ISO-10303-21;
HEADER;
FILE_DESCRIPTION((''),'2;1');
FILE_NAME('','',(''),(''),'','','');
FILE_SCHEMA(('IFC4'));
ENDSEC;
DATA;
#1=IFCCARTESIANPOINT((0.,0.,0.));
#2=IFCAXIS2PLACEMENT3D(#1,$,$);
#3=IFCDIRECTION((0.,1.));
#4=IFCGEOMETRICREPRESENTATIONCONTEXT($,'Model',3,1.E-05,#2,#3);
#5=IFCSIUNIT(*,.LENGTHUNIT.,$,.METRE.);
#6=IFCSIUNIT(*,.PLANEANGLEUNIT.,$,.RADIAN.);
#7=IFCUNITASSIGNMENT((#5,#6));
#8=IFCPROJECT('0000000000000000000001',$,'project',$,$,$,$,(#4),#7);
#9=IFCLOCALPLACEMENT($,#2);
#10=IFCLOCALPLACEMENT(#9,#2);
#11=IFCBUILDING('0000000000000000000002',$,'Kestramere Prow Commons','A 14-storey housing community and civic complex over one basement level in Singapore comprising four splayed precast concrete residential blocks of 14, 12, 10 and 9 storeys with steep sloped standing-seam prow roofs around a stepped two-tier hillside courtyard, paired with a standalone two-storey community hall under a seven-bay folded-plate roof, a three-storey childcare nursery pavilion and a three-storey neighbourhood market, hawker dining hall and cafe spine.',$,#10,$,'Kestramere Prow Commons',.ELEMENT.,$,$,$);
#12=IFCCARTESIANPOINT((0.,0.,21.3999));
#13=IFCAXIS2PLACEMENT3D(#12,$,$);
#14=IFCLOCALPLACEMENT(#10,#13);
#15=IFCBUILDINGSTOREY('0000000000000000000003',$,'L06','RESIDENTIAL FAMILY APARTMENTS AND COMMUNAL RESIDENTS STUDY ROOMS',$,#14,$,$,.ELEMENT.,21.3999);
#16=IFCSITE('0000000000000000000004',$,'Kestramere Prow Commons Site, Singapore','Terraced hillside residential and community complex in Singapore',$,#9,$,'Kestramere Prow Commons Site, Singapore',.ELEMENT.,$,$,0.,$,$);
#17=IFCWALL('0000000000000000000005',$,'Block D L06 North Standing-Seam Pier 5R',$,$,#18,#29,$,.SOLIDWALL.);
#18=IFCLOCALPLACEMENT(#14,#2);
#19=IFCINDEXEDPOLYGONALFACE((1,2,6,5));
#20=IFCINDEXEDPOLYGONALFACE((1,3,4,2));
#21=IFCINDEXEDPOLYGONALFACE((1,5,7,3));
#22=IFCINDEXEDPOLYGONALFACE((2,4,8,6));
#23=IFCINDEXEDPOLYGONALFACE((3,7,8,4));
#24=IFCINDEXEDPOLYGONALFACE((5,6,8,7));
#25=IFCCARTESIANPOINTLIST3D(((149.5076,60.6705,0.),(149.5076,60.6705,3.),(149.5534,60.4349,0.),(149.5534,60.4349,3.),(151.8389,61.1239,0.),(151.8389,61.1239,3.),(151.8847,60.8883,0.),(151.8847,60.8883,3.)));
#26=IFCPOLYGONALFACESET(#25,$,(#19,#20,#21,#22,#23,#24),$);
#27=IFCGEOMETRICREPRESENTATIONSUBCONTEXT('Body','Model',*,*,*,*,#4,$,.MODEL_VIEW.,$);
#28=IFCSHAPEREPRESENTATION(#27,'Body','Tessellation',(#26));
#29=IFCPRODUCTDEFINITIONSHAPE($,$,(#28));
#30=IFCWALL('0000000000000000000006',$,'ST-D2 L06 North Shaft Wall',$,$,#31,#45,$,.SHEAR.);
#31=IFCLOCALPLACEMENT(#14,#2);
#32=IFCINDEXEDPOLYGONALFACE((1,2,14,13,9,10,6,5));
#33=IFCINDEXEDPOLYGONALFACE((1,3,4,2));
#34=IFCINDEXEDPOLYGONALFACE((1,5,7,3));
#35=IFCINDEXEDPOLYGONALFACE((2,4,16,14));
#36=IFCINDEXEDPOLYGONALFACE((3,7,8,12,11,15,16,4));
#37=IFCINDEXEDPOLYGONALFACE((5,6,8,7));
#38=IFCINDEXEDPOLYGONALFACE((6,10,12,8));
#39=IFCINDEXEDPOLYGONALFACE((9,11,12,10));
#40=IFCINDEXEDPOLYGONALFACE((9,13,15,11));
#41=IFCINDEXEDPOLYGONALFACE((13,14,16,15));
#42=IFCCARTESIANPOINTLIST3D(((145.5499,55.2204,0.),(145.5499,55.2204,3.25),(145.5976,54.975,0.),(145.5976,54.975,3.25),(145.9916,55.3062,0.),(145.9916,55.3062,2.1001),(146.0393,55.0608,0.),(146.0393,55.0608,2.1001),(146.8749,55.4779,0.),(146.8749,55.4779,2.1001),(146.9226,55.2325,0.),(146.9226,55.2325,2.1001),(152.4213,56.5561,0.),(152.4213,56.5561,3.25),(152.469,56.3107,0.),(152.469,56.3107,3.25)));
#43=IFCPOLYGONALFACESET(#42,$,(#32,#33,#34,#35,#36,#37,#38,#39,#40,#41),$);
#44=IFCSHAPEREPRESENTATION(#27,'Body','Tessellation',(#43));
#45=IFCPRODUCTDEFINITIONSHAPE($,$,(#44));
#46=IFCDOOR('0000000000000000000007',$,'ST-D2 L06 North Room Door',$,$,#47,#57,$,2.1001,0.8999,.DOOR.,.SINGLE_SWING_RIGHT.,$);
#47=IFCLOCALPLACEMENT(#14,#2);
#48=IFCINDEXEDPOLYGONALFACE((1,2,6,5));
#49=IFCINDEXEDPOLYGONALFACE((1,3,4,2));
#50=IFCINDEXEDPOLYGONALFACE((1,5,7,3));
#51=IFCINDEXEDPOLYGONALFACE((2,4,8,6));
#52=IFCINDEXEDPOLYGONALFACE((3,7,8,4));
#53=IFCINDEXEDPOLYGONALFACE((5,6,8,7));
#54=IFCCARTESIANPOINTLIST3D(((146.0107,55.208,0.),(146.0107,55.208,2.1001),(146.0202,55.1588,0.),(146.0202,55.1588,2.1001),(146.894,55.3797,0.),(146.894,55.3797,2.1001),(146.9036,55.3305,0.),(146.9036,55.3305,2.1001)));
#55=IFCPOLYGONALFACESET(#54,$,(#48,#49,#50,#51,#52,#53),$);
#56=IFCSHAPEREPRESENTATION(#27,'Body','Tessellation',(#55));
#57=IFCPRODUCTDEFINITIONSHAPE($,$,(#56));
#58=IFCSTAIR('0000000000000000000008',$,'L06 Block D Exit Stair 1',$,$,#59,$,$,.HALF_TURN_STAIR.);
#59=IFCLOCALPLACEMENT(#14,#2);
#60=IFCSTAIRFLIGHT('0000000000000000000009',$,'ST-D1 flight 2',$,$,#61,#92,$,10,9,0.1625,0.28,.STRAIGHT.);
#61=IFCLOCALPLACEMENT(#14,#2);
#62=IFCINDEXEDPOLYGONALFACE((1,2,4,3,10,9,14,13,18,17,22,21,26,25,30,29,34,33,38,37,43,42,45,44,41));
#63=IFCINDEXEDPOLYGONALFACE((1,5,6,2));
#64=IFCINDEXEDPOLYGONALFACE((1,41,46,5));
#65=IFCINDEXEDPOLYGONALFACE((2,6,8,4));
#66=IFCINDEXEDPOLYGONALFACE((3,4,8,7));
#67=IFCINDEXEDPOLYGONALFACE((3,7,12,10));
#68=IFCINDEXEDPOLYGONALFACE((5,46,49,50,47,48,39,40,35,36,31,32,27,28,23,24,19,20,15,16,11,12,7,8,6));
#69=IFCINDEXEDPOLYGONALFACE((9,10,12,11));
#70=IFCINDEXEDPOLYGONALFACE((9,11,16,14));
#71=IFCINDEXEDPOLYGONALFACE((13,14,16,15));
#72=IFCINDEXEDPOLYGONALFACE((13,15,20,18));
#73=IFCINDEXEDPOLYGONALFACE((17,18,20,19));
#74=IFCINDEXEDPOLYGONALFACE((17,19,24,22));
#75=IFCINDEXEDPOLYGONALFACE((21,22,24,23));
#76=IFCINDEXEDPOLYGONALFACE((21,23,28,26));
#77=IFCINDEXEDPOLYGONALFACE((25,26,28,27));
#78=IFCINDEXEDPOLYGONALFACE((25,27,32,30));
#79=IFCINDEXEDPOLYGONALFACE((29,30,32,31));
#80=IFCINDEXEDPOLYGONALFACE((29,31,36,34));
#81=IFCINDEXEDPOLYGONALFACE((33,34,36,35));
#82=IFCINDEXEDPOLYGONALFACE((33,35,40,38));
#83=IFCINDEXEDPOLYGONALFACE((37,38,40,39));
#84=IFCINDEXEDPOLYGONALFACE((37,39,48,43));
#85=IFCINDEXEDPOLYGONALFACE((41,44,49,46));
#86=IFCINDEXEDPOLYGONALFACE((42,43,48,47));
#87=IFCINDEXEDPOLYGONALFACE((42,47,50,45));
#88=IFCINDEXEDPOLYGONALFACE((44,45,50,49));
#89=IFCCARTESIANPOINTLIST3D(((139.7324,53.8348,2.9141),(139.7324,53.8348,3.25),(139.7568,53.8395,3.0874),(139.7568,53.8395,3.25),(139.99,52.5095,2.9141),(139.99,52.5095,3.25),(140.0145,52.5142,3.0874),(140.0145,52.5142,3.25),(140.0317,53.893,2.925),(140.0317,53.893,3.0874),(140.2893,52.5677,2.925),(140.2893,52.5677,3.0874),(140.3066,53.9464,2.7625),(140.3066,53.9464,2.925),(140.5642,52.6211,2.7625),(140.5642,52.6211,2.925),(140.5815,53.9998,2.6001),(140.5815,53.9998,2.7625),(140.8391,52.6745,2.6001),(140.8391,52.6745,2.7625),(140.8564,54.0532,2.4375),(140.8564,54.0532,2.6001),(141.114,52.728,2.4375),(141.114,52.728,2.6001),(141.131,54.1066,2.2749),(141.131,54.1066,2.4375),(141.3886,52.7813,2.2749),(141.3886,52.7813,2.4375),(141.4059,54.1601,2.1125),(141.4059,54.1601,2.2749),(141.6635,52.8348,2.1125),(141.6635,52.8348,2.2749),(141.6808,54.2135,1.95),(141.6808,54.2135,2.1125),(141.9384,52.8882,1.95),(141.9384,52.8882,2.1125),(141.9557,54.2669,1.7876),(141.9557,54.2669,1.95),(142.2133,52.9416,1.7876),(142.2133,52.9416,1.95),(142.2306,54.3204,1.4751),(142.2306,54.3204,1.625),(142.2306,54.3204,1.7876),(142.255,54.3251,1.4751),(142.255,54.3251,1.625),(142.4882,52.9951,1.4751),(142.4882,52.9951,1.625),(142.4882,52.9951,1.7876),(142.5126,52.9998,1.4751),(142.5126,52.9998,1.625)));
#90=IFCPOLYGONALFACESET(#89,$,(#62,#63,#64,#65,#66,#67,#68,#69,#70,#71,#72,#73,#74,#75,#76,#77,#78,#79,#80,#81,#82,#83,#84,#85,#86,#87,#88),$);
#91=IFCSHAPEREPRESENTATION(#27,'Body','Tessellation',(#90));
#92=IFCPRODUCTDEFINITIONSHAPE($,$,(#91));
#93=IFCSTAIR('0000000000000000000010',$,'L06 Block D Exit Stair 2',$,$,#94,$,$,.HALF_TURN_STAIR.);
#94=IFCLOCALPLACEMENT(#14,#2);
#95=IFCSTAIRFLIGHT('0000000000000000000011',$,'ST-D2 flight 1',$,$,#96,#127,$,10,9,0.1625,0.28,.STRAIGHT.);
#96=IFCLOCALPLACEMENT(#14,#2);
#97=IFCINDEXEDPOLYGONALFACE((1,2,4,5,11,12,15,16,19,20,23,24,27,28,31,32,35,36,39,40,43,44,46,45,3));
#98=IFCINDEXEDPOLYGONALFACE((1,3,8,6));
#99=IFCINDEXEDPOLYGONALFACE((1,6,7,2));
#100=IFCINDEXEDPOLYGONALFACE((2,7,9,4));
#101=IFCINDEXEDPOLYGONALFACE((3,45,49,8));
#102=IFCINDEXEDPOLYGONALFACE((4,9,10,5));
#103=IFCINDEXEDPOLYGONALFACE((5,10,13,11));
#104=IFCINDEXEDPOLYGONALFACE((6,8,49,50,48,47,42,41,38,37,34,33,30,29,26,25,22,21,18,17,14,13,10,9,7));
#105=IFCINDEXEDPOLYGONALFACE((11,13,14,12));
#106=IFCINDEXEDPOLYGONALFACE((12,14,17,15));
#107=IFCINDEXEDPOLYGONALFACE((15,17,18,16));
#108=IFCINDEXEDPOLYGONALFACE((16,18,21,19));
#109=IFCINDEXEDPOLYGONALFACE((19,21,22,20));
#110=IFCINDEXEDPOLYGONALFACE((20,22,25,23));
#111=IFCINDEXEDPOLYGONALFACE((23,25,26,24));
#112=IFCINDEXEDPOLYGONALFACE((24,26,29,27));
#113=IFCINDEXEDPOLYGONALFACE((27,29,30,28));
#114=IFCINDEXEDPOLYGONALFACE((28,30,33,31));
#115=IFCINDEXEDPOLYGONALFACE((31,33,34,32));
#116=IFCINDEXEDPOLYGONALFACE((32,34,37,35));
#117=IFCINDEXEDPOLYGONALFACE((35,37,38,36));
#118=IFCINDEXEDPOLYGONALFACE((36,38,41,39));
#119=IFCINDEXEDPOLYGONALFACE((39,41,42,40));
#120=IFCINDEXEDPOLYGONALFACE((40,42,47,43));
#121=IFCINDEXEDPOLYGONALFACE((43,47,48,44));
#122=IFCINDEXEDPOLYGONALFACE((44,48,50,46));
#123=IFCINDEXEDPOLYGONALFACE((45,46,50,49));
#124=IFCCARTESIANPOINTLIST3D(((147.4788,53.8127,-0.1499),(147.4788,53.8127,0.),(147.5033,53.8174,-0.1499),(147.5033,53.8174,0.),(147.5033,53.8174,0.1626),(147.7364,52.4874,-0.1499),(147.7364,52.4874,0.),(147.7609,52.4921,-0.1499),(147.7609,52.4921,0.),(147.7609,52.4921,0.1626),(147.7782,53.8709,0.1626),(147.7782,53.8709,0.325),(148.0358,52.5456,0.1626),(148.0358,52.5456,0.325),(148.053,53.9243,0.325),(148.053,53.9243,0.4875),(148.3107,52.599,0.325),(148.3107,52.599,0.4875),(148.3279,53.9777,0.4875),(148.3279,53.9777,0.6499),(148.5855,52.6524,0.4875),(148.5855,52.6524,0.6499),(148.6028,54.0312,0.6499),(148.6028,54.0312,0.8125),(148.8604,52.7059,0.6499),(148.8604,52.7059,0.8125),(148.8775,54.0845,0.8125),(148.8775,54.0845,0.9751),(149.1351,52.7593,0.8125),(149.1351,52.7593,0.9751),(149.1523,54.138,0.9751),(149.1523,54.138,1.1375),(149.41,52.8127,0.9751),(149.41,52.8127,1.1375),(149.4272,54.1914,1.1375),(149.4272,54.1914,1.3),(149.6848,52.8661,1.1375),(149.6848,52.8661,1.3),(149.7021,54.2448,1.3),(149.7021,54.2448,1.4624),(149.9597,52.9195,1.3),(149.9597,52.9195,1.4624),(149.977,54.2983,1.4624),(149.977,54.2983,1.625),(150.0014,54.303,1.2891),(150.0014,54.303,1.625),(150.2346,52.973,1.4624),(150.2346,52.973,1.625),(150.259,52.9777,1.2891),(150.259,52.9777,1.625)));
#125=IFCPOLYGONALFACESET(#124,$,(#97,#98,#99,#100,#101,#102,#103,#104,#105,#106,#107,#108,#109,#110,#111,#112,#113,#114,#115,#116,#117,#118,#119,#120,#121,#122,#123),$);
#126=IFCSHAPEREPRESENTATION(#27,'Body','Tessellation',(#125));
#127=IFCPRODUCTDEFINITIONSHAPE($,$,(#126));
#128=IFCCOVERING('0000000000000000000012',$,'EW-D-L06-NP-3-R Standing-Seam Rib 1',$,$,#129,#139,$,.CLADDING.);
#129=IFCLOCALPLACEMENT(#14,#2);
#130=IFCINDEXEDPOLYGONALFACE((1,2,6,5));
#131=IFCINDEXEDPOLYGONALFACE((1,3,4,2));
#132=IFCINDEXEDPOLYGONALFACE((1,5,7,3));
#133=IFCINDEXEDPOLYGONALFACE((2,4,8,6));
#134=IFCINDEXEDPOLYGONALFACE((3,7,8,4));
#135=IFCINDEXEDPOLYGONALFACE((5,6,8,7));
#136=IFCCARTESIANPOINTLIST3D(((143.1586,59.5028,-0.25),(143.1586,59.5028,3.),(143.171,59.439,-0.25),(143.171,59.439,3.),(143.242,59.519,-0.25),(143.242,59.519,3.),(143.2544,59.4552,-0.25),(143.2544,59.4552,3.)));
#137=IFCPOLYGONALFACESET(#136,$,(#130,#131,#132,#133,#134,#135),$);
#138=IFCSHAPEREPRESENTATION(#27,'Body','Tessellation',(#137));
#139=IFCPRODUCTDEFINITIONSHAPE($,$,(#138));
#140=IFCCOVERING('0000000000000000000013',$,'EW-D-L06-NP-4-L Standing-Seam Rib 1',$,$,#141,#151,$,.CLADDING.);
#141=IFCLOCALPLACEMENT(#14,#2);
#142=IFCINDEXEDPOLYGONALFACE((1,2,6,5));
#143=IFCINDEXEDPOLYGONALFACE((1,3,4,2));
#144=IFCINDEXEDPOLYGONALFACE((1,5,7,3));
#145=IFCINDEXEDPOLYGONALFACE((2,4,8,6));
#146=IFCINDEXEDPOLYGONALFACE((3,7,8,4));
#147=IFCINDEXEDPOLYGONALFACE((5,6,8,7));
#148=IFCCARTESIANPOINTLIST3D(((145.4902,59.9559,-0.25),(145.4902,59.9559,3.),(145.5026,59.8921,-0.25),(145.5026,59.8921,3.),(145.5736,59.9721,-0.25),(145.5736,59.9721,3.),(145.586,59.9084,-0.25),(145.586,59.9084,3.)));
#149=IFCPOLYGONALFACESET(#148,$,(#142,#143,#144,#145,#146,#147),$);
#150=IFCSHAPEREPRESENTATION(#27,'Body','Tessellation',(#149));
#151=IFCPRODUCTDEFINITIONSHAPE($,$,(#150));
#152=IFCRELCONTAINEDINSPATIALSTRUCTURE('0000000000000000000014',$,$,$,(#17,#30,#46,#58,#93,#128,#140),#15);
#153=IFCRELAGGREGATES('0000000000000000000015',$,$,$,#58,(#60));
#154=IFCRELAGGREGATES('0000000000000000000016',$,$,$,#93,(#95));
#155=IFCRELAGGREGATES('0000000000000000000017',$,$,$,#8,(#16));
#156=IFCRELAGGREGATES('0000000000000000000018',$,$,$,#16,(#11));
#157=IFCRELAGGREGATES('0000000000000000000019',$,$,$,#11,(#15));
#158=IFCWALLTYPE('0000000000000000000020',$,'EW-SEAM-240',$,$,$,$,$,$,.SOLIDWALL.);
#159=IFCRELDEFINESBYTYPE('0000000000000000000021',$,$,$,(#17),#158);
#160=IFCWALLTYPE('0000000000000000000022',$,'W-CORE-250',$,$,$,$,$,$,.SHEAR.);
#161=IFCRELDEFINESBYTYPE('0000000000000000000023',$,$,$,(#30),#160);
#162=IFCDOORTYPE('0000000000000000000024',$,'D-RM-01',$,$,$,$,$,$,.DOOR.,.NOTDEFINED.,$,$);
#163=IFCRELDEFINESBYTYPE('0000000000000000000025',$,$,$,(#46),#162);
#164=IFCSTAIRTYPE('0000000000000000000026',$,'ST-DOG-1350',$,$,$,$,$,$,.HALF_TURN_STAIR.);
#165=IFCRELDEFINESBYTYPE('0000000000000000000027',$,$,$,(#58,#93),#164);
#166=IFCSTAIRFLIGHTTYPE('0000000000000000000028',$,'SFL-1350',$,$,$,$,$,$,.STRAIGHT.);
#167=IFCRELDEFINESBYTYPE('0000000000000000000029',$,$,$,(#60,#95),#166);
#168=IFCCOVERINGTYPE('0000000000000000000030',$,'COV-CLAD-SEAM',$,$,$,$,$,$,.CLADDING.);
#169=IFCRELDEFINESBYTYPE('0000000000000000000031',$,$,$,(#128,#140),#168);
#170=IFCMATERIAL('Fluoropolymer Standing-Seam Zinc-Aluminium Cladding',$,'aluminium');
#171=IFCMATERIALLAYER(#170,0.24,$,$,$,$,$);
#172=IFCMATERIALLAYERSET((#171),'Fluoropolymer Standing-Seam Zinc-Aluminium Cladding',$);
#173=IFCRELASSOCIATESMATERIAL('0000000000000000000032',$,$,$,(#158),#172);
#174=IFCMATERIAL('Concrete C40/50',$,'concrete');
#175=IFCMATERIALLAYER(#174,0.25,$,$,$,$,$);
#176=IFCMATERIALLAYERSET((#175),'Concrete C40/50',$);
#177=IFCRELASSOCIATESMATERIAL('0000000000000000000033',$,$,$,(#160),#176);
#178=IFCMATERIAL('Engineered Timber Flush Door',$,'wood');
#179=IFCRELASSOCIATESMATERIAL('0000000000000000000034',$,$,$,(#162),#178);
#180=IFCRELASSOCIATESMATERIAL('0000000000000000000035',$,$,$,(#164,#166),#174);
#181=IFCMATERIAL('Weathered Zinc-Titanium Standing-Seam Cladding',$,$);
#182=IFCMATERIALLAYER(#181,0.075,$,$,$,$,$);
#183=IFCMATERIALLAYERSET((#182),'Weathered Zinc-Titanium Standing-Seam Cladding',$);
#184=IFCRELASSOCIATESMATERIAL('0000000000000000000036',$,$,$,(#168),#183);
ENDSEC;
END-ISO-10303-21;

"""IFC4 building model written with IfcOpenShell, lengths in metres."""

from ifc_helpers import new_model, si_unit, direction, frame, frame_2d, origin, origin_2d, place, context, subcontext, project, spatial, polyline, rectangle, outline, extrude, material, layer, layer_set, type_object, element, fill, aggregate, save


model = new_model("IFC4")

# Units and contexts
model_context = context("Model", 3, precision=1e-05, world=origin(), true_north=direction((0.0, 1.0)))
body_context = subcontext(model_context, "Body", "Model", "MODEL_VIEW")
ifc_project = project(units=[si_unit("LENGTHUNIT", "METRE"), si_unit("PLANEANGLEUNIT", "RADIAN")], contexts=[model_context])

# Site, building, storey
site_placement = place(None, origin())
site = spatial("IfcSite", under=ifc_project, at=site_placement, Name="Kestramere Prow Commons Site, Singapore", Description="Terraced hillside residential and community complex in Singapore", LongName="Kestramere Prow Commons Site, Singapore", CompositionType="ELEMENT", RefElevation=0.0)
building_placement = place(site_placement, origin())
building = spatial("IfcBuilding", under=site, at=building_placement, Name="Kestramere Prow Commons", Description="A 14-storey housing community and civic complex over one basement level in Singapore comprising four splayed precast concrete residential blocks of 14, 12, 10 and 9 storeys with steep sloped standing-seam prow roofs around a stepped two-tier hillside courtyard, paired with a standalone two-storey community hall under a seven-bay folded-plate roof, a three-storey childcare nursery pavilion and a three-storey neighbourhood market, hawker dining hall and cafe spine.", LongName="Kestramere Prow Commons", CompositionType="ELEMENT")
storey_placement = place(building_placement, frame((0.0, 0.0, 21.3999)))
storey = spatial("IfcBuildingStorey", under=building, at=storey_placement, Name="L06", Description="RESIDENTIAL FAMILY APARTMENTS AND COMMUNAL RESIDENTS STUDY ROOMS", CompositionType="ELEMENT", Elevation=21.3999)

# Wall
ifc_material_1 = material(Name="Fluoropolymer Standing-Seam Zinc-Aluminium Cladding", Category="aluminium")
ifc_layer_1 = layer(ifc_material_1, 0.24)
ifc_layer_set_1 = layer_set([ifc_layer_1], Name="Fluoropolymer Standing-Seam Zinc-Aluminium Cladding")
wall_type_1 = type_object("IfcWallType", Name="EW-SEAM-240", PredefinedType="SOLIDWALL", material=ifc_layer_set_1)
wall_1_placement = place(storey_placement, frame((149.5305, 60.5527, 0.0), z_axis=(0.0, 0.0, 1.0), x_axis=(0.981611, 0.190894, 0.0)))
element("IfcWall", 1, at=wall_1_placement, inside=storey, type_object=wall_type_1, Name="Block D L06 North Standing-Seam Pier 5R", PredefinedType="SOLIDWALL", context=body_context, shape_type="SweptSolid", body=[
    extrude(rectangle(XDim=2.375, YDim=0.24, at=frame_2d((1.1875, 0.0))), origin(), (0.0, 0.0, 1.0), 3.0),
])

# Wall, opening, door
ifc_material_2 = material(Name="Concrete C40/50", Category="concrete")
ifc_layer_2 = layer(ifc_material_2, 0.25)
ifc_layer_set_2 = layer_set([ifc_layer_2], Name="Concrete C40/50")
wall_type_2 = type_object("IfcWallType", Name="W-CORE-250", PredefinedType="SHEAR", material=ifc_layer_set_2)
wall_2_placement = place(storey_placement, frame((145.5737, 55.0977, 0.0), z_axis=(0.0, 0.0, 1.0), x_axis=(0.981626, 0.190815, 0.0)))
wall_2 = element("IfcWall", 2, at=wall_2_placement, inside=storey, type_object=wall_type_2, Name="ST-D2 L06 North Shaft Wall", PredefinedType="SHEAR", context=body_context, shape_type="SweptSolid", body=[
    extrude(rectangle(XDim=7.0, YDim=0.25, at=frame_2d((3.5, 0.0))), origin(), (0.0, 0.0, 1.0), 3.25),
])
opening_placement = place(wall_2_placement, frame((0.45, 0.0, 0.0)))
opening = element("IfcOpeningElement", 3, at=opening_placement, cuts=wall_2, PredefinedType="OPENING", context=body_context, shape_type="SweptSolid", body=[
    extrude(rectangle(XDim=0.8999, YDim=2.1001, at=frame_2d((0.45, 1.05))), frame((0.0, 0.1399, 0.0), z_axis=(0.0, -1.0, 0.0), x_axis=(1.0, 0.0, 0.0)), (0.0, 0.0, 1.0), 0.28),
])
ifc_material_3 = material(Name="Engineered Timber Flush Door", Category="wood")
door_type = type_object("IfcDoorType", Name="D-RM-01", OperationType="NOTDEFINED", PredefinedType="DOOR", material=ifc_material_3)
door_placement = place(opening_placement, origin())
door = element("IfcDoor", 4, at=door_placement, inside=storey, type_object=door_type, Name="ST-D2 L06 North Room Door", OperationType="SINGLE_SWING_RIGHT", OverallHeight=2.1001, OverallWidth=0.8999, PredefinedType="DOOR", context=body_context, shape_type="SweptSolid", body=[
    extrude(rectangle(XDim=0.8999, YDim=2.1001, at=frame_2d((0.45, 1.05))), frame((0.0, 0.0249, 0.0), z_axis=(0.0, -1.0, 0.0), x_axis=(1.0, 0.0, 0.0)), (0.0, 0.0, 1.0), 0.05),
])
fill(opening, door)

# Stairs, stair flights
stair_type = type_object("IfcStairType", Name="ST-DOG-1350", PredefinedType="HALF_TURN_STAIR", material=ifc_material_2)
stair_1_placement = place(storey_placement, origin())
stair_1 = element("IfcStair", 5, at=stair_1_placement, inside=storey, type_object=stair_type, Name="L06 Block D Exit Stair 1", PredefinedType="HALF_TURN_STAIR")
stair_flight_type = type_object("IfcStairFlightType", Name="SFL-1350", PredefinedType="STRAIGHT", material=ifc_material_2)
stair_flight_1_placement = place(storey_placement, frame((142.3594, 53.6577, 1.625), z_axis=(0.0, 0.0, 1.0), x_axis=(-0.981627, -0.190809, 0.0)))
stair_flight_1 = element("IfcStairFlight", 6, at=stair_flight_1_placement, type_object=stair_flight_type, Name="ST-D1 flight 2", NumberOfRisers=10, NumberOfTreads=9, PredefinedType="STRAIGHT", RiserHeight=0.1625, TreadLength=0.28, context=body_context, shape_type="SweptSolid", body=[
    extrude(outline(polyline([(-0.0249, 0.0), (0.0, 0.0), (0.0, 0.1626), (0.28, 0.1626), (0.28, 0.325), (0.5601, 0.325), (0.5601, 0.4875), (0.8401, 0.4875), (0.8401, 0.6499), (1.1201, 0.6499), (1.1201, 0.8125), (1.3999, 0.8125), (1.3999, 0.9751), (1.6799, 0.9751), (1.6799, 1.1375), (1.96, 1.1375), (1.96, 1.3), (2.24, 1.3), (2.24, 1.4624), (2.52, 1.4624), (2.52, 1.625), (2.5449, 1.625), (2.5449, 1.2891), (0.0, -0.1499), (-0.0249, -0.1499), (-0.0249, 0.0)])), frame((0.0, 0.675, 0.0), z_axis=(0.0, -1.0, 0.0), x_axis=(1.0, 0.0, 0.0)), (0.0, 0.0, 1.0), 1.3501),
])
aggregate(stair_1, [stair_flight_1])
stair_2_placement = place(storey_placement, origin())
stair_2 = element("IfcStair", 7, at=stair_2_placement, inside=storey, type_object=stair_type, Name="L06 Block D Exit Stair 2", PredefinedType="HALF_TURN_STAIR")
stair_flight_2_placement = place(storey_placement, frame((147.6321, 53.1548, 0.0), z_axis=(0.0, 0.0, 1.0), x_axis=(0.981627, 0.190809, 0.0)))
stair_flight_2 = element("IfcStairFlight", 8, at=stair_flight_2_placement, type_object=stair_flight_type, Name="ST-D2 flight 1", NumberOfRisers=10, NumberOfTreads=9, PredefinedType="STRAIGHT", RiserHeight=0.1625, TreadLength=0.28, context=body_context, shape_type="SweptSolid", body=[
    extrude(outline(polyline([(-0.0249, 0.0), (0.0, 0.0), (0.0, 0.1626), (0.28, 0.1626), (0.28, 0.325), (0.5601, 0.325), (0.5601, 0.4875), (0.8401, 0.4875), (0.8401, 0.6499), (1.1201, 0.6499), (1.1201, 0.8125), (1.3999, 0.8125), (1.3999, 0.9751), (1.6799, 0.9751), (1.6799, 1.1375), (1.96, 1.1375), (1.96, 1.3), (2.24, 1.3), (2.24, 1.4624), (2.52, 1.4624), (2.52, 1.625), (2.5449, 1.625), (2.5449, 1.2891), (0.0, -0.1499), (-0.0249, -0.1499), (-0.0249, 0.0)])), frame((0.0, 0.675, 0.0), z_axis=(0.0, -1.0, 0.0), x_axis=(1.0, 0.0, 0.0)), (0.0, 0.0, 1.0), 1.3501),
])
aggregate(stair_2, [stair_flight_2])

# Coverings
ifc_material_4 = material(Name="Weathered Zinc-Titanium Standing-Seam Cladding")
ifc_layer_3 = layer(ifc_material_4, 0.075)
ifc_layer_set_3 = layer_set([ifc_layer_3], Name="Weathered Zinc-Titanium Standing-Seam Cladding")
covering_type = type_object("IfcCoveringType", Name="COV-CLAD-SEAM", PredefinedType="CLADDING", material=ifc_layer_set_3)
for number, where, z_axis, x_axis, name in (
    (9, (143.2065, 59.479, -0.25), (0.0, 0.0, 1.0), (0.981627, 0.190809, 0.0), "EW-D-L06-NP-3-R Standing-Seam Rib 1"),
    (10, (145.5381, 59.9321, -0.25), (0.0, 0.0, 1.0), (0.981627, 0.190809, 0.0), "EW-D-L06-NP-4-L Standing-Seam Rib 1"),
):
    element("IfcCovering", number, at=place(storey_placement, frame(where, z_axis=z_axis, x_axis=x_axis)), inside=storey, type_object=covering_type, Name=name, PredefinedType="CLADDING", context=body_context, shape_type="SweptSolid", body=[
        extrude(rectangle(XDim=0.085, YDim=0.0649, at=origin_2d()), origin(), (0.0, 0.0, 1.0), 3.25),
    ])

save(model, "model.ifc")
